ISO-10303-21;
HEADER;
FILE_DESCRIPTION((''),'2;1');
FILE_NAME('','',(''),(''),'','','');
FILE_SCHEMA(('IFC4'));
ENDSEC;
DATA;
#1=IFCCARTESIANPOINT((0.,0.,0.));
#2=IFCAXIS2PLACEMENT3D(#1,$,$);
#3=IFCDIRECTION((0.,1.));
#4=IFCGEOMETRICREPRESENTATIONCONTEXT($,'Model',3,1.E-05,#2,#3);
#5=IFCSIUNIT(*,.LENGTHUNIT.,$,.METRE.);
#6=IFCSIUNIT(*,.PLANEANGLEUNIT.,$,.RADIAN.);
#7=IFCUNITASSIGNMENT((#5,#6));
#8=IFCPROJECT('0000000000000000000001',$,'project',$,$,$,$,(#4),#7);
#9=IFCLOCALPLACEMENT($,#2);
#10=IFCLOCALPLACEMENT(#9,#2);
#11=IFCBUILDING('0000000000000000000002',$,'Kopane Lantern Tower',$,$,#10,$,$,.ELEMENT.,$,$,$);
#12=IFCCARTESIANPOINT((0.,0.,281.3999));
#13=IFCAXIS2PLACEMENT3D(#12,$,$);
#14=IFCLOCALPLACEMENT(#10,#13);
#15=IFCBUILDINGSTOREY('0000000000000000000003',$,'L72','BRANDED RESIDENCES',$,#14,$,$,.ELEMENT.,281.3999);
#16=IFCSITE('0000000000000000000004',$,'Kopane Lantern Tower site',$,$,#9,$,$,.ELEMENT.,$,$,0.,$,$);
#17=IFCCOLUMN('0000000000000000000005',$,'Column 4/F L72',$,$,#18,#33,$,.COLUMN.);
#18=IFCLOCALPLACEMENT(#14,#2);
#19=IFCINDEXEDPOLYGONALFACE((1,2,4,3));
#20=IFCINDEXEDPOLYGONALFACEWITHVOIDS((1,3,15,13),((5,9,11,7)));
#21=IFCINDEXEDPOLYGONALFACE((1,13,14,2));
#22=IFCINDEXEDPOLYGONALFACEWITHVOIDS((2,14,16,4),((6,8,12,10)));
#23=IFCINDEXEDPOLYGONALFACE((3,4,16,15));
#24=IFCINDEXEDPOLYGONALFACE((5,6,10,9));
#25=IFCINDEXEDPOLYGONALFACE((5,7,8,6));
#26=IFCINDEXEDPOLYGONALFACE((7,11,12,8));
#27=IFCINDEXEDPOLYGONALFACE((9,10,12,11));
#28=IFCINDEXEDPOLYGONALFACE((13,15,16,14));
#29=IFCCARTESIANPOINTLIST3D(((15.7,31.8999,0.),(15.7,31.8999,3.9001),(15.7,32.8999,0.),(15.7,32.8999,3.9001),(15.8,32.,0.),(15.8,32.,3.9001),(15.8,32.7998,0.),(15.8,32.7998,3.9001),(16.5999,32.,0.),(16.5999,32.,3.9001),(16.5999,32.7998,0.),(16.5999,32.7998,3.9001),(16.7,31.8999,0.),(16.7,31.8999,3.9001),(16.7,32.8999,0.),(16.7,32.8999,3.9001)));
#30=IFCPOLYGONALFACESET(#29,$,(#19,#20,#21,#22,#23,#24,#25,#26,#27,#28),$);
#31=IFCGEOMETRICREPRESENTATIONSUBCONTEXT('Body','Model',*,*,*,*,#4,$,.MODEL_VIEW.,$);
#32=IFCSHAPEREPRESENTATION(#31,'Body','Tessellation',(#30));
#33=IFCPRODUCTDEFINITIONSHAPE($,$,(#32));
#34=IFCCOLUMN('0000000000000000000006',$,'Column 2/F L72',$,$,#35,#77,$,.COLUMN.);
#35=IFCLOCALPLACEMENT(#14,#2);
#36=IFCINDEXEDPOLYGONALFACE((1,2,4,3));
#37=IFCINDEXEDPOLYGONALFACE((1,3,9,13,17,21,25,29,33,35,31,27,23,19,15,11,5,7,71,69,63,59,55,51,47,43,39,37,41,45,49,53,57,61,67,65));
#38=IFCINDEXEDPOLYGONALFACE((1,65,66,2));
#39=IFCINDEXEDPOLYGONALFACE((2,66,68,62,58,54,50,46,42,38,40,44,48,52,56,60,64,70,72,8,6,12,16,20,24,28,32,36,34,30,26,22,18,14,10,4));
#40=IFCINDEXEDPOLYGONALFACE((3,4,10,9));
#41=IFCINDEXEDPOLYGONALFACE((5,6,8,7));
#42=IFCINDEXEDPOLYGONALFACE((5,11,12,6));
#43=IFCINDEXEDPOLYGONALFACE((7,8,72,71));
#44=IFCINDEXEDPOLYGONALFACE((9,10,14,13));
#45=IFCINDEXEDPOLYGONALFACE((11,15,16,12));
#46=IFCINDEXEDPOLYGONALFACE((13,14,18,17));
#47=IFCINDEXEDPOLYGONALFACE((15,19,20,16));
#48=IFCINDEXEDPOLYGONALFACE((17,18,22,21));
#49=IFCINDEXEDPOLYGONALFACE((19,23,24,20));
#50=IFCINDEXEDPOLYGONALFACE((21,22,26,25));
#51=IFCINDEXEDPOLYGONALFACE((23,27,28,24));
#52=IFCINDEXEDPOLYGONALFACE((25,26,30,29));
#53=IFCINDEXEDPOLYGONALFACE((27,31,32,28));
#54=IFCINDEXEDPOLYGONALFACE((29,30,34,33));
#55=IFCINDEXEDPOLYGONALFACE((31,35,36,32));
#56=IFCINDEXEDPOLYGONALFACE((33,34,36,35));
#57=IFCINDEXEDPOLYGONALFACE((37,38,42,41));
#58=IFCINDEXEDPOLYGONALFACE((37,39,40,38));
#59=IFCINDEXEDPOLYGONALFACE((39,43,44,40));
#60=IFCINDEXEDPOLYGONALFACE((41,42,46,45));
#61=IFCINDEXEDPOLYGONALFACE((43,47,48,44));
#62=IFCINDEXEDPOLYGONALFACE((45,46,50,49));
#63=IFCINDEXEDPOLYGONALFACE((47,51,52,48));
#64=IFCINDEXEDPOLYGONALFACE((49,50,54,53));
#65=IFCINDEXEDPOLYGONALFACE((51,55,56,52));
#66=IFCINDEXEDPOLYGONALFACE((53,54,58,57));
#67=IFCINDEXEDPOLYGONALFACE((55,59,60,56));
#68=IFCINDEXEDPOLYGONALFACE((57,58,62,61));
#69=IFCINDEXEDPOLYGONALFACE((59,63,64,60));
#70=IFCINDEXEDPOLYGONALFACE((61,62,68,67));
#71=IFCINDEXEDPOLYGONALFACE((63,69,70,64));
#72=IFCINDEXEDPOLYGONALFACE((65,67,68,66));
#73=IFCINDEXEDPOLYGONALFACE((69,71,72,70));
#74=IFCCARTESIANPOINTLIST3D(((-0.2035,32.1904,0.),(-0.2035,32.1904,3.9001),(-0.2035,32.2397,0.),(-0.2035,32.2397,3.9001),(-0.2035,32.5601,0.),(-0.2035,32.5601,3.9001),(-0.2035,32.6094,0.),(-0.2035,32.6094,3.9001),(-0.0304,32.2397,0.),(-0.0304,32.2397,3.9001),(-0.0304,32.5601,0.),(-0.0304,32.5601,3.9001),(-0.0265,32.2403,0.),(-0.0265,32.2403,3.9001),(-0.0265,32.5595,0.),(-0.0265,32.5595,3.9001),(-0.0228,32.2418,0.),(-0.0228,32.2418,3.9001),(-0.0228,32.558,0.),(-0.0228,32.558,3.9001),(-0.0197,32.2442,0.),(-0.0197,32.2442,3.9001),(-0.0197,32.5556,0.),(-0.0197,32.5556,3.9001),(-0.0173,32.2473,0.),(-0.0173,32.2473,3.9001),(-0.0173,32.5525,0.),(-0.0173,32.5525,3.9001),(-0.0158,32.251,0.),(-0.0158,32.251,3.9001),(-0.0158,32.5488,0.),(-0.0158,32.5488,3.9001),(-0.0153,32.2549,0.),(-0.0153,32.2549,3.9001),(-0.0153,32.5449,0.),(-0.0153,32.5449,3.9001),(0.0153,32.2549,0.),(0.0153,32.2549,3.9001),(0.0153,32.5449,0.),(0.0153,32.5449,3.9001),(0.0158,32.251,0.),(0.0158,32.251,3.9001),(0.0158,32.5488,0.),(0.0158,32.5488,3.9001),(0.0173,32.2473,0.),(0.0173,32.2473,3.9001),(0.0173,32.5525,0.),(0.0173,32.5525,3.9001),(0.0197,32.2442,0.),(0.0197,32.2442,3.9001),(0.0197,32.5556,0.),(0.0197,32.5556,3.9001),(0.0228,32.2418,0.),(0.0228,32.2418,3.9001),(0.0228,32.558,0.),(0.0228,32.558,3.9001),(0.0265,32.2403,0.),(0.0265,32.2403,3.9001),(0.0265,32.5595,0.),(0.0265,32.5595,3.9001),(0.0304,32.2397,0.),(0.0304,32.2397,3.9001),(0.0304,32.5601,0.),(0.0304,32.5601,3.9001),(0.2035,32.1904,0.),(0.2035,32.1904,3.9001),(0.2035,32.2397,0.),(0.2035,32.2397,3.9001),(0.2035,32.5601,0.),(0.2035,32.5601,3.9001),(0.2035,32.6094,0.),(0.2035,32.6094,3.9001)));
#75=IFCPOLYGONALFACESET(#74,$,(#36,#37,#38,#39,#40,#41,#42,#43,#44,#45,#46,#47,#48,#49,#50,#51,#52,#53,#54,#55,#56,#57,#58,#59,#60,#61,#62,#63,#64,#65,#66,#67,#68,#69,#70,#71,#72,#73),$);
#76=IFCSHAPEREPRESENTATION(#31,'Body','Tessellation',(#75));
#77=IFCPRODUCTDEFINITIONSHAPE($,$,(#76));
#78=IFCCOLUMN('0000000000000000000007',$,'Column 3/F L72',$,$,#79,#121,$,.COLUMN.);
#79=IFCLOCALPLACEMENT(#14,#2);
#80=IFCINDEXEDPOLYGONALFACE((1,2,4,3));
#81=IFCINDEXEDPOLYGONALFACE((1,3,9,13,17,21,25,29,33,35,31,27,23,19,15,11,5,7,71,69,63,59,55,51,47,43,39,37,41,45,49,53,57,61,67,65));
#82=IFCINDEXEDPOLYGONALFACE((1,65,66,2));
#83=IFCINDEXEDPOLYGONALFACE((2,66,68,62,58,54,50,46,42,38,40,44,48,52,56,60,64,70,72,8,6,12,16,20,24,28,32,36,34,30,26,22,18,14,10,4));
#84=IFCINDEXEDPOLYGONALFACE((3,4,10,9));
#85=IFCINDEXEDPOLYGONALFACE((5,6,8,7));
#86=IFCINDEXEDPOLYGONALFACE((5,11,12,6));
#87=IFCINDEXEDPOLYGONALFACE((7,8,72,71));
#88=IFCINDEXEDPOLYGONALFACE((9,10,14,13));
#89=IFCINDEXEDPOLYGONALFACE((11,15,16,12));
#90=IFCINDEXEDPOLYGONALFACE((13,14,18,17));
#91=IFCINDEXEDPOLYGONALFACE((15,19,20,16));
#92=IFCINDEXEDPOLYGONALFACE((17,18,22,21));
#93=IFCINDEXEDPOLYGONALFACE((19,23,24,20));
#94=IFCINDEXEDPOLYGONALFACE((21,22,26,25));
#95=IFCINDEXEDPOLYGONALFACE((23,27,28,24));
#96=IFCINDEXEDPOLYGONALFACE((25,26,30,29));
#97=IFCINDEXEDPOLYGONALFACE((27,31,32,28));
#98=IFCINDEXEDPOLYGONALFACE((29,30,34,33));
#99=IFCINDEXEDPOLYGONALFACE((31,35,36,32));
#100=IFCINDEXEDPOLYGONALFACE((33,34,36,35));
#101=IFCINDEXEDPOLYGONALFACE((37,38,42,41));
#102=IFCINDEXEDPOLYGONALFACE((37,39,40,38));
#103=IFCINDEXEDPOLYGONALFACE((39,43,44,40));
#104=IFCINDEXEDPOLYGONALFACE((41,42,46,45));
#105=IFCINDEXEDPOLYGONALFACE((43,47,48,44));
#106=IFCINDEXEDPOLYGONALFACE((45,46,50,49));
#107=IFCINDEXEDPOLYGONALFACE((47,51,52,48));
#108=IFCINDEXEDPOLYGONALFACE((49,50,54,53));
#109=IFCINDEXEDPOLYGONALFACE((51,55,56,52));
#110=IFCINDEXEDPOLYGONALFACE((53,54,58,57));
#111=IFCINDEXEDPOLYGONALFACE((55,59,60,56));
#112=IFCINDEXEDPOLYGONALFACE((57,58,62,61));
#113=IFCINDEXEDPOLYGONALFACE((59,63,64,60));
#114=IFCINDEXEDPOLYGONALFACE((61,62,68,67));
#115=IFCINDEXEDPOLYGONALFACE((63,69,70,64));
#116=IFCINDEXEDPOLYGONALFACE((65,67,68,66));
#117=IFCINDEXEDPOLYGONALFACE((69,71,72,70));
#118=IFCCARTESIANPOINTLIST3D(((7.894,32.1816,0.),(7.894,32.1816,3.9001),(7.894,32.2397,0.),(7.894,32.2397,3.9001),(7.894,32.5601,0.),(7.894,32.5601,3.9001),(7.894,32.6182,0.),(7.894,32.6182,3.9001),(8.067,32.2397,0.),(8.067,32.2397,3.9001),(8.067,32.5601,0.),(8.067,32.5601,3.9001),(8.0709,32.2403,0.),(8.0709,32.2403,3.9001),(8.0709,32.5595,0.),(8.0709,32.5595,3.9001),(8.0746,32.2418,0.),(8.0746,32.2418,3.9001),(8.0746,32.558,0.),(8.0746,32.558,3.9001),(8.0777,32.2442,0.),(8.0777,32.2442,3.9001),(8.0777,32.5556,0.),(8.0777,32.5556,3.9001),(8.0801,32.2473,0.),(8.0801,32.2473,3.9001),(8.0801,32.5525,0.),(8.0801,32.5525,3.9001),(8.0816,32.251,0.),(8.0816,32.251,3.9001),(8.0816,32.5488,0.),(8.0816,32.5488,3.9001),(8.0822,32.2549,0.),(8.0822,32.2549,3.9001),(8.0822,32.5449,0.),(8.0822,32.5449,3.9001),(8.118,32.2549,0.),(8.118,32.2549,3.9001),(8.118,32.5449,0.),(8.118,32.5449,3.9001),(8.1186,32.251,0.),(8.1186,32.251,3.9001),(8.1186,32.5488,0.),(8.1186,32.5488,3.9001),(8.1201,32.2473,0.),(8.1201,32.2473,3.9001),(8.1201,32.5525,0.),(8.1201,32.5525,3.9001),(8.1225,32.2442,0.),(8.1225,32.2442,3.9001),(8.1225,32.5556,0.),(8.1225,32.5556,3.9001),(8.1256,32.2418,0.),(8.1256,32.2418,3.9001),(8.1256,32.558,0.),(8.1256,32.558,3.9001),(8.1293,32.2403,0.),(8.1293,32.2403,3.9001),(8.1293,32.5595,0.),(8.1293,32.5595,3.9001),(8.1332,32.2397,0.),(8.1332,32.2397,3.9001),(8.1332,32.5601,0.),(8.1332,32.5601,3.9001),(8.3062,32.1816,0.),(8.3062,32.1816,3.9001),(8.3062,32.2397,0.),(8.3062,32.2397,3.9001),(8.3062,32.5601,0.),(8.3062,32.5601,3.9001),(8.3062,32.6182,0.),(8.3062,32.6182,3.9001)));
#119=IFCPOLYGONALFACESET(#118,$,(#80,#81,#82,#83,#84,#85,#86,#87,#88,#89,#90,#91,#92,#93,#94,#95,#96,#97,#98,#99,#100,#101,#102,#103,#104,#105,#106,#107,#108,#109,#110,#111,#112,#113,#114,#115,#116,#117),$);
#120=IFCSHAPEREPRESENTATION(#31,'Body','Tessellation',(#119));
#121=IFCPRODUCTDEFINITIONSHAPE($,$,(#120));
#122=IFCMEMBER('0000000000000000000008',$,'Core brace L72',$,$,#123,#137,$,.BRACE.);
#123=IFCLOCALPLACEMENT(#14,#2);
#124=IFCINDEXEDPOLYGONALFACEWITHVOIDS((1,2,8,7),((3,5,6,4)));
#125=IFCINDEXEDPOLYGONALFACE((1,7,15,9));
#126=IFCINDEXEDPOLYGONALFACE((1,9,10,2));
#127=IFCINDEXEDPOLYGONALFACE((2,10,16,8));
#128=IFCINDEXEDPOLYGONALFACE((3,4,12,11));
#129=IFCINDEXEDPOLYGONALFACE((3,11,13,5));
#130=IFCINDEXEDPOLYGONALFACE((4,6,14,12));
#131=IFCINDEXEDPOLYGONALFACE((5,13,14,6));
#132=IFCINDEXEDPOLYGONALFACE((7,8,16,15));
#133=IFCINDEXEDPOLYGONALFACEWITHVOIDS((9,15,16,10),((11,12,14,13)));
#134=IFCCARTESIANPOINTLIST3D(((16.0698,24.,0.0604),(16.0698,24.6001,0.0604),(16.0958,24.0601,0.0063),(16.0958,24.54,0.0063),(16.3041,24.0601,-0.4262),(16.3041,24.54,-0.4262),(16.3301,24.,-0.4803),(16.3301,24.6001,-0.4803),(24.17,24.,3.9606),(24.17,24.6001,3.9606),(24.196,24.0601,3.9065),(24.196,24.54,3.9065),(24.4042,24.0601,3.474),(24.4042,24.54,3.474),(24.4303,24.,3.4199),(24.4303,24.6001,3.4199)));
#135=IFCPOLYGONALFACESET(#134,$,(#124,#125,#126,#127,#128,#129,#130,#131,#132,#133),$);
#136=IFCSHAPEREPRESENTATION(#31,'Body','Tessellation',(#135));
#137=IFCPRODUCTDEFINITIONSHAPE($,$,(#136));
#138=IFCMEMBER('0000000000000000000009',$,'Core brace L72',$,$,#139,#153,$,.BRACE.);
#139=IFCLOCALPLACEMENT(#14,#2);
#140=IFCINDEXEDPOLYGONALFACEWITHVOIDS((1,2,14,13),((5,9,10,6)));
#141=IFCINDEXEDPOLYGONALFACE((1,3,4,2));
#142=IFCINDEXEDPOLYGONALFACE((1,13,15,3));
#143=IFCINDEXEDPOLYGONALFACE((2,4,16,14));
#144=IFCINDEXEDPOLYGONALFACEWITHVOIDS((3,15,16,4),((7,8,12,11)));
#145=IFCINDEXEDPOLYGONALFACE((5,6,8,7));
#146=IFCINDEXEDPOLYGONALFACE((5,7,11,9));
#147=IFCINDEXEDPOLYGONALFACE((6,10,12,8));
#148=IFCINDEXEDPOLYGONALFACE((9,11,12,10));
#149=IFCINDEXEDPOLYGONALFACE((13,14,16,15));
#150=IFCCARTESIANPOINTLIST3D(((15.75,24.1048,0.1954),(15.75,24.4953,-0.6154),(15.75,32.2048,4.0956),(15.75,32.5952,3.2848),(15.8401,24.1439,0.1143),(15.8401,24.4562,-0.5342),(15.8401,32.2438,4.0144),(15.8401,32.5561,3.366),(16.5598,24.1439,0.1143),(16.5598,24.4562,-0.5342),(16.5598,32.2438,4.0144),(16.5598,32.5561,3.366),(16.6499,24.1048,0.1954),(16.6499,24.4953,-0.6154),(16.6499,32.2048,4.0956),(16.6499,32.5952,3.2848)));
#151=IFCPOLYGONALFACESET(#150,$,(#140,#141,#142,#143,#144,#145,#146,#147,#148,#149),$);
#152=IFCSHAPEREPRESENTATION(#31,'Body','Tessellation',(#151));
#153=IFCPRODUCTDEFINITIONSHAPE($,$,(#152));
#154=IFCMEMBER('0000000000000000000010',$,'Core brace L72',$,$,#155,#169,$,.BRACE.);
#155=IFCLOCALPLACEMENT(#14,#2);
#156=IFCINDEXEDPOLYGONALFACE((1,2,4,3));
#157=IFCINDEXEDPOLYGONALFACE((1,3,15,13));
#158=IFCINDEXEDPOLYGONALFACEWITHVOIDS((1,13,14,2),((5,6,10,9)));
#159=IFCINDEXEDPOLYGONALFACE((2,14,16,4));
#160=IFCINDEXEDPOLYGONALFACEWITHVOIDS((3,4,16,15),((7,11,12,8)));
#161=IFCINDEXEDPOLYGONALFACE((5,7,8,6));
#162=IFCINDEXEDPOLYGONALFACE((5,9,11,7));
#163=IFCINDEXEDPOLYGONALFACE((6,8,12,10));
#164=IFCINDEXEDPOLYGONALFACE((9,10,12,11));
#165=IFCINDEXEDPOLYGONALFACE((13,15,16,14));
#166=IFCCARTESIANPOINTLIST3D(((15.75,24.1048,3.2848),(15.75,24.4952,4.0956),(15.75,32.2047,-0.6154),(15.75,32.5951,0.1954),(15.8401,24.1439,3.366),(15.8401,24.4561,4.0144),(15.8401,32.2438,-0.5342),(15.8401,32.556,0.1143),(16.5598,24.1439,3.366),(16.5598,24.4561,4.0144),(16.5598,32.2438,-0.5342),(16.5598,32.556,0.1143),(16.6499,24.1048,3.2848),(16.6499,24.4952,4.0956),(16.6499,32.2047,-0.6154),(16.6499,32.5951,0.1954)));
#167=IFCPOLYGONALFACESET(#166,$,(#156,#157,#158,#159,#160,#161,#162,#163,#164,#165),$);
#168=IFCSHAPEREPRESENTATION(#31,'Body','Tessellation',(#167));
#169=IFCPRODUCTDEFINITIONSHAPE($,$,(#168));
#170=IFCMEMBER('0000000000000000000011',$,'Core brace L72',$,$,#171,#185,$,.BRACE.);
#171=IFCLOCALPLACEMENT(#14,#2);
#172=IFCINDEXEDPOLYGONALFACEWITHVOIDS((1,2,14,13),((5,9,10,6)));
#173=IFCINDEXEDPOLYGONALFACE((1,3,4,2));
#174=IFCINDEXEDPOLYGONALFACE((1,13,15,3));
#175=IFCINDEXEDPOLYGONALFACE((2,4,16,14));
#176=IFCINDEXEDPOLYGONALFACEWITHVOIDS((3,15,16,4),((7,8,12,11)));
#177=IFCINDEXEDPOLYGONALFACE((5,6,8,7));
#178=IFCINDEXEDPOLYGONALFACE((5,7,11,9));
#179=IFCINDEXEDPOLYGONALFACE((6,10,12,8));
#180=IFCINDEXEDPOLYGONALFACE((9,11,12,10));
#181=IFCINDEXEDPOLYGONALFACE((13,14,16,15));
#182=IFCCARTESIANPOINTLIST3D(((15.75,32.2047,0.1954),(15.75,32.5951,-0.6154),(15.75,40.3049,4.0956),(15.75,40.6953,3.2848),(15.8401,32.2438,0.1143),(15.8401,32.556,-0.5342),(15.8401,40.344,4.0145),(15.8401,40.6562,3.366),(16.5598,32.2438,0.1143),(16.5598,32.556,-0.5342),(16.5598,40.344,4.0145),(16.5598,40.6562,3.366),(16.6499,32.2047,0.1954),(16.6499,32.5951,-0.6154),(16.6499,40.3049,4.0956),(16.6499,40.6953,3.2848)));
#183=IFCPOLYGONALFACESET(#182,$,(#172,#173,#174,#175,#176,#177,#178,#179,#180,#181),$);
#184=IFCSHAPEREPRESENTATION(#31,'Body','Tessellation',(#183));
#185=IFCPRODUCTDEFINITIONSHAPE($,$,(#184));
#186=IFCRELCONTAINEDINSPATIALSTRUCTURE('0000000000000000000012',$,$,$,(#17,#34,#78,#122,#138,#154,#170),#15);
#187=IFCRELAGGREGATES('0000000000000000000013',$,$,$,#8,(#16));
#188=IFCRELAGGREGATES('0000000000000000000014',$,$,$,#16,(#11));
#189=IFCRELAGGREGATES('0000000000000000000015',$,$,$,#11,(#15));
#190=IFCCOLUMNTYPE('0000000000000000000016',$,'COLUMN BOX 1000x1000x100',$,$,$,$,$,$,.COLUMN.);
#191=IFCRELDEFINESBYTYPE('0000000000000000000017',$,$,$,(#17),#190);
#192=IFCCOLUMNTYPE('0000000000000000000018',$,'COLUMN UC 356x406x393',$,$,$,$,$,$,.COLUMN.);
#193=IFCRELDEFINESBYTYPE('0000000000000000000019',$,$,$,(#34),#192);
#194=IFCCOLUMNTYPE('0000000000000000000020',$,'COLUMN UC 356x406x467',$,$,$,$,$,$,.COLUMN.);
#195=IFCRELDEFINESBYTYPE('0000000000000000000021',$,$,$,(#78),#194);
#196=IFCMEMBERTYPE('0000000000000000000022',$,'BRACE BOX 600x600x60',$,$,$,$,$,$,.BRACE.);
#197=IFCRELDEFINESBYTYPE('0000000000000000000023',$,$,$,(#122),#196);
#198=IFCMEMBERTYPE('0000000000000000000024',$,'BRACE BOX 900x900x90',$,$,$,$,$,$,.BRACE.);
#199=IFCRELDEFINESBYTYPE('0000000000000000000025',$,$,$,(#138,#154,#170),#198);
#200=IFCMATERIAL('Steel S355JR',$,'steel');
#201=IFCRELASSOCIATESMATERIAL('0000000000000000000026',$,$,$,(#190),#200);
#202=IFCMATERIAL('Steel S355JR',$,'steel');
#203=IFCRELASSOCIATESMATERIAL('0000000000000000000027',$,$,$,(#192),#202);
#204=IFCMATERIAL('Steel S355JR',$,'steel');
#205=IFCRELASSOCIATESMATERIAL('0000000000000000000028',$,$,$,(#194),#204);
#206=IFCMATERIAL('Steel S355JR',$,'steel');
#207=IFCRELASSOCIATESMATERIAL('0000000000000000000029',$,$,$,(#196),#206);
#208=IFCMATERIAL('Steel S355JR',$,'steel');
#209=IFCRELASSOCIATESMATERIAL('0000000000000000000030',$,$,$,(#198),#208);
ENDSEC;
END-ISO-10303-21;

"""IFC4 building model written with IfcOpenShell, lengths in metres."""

from ifc_helpers import new_model, si_unit, direction, frame, origin, origin_2d, place, context, subcontext, project, spatial, hollow_rectangle, i_section, extrude, material, material_profile, profile_set, type_object, element, save


model = new_model("IFC4")

# Units and contexts
model_context = context("Model", 3, precision=1e-05, world=origin(), true_north=direction((0.0, 1.0)))
body_context = subcontext(model_context, "Body", "Model", "MODEL_VIEW")
ifc_project = project(units=[si_unit("LENGTHUNIT", "METRE"), si_unit("PLANEANGLEUNIT", "RADIAN")], contexts=[model_context])

# Site, building, storey
site_placement = place(None, origin())
site = spatial("IfcSite", under=ifc_project, at=site_placement, Name="Kopane Lantern Tower site", CompositionType="ELEMENT", RefElevation=0.0)
building_placement = place(site_placement, origin())
building = spatial("IfcBuilding", under=site, at=building_placement, Name="Kopane Lantern Tower", CompositionType="ELEMENT")
storey_placement = place(building_placement, frame((0.0, 0.0, 281.3999)))
storey = spatial("IfcBuildingStorey", under=building, at=storey_placement, Name="L72", Description="BRANDED RESIDENCES", CompositionType="ELEMENT", Elevation=281.3999)

# Columns
ifc_material_1 = material(Name="Steel S355JR", Category="steel")
ifc_material_profile_1 = material_profile(ifc_material_1, hollow_rectangle(XDim=1.0, YDim=1.0, WallThickness=0.1001, at=origin_2d()), Name="BOX 1000x1000x100")
ifc_profile_set_1 = profile_set([ifc_material_profile_1], Name="Steel S355JR")
column_type_1 = type_object("IfcColumnType", Name="COLUMN BOX 1000x1000x100", PredefinedType="COLUMN", material=ifc_profile_set_1)
column_1_placement = place(storey_placement, frame((16.2, 32.3999, 0.0), z_axis=(0.0, 0.0, 1.0), x_axis=(1.0, 0.0, 0.0)))
element("IfcColumn", 1, at=column_1_placement, inside=storey, type_object=column_type_1, Name="Column 4/F L72", PredefinedType="COLUMN", context=body_context, shape_type="SweptSolid", body=[
    extrude(hollow_rectangle(XDim=1.0, YDim=1.0, WallThickness=0.1001, at=origin_2d()), origin(), (0.0, 0.0, 1.0), 3.9001),
])
ifc_material_2 = material(Name="Steel S355JR", Category="steel")
ifc_material_profile_2 = material_profile(ifc_material_2, i_section(OverallWidth=0.407, OverallDepth=0.4189, WebThickness=0.0305, FlangeThickness=0.0493, FilletRadius=0.0151, at=origin_2d()), Name="UC 356x406x393")
ifc_profile_set_2 = profile_set([ifc_material_profile_2], Name="Steel S355JR")
column_type_2 = type_object("IfcColumnType", Name="COLUMN UC 356x406x393", PredefinedType="COLUMN", material=ifc_profile_set_2)
column_2_placement = place(storey_placement, frame((0.0, 32.3999, 0.0), z_axis=(0.0, 0.0, 1.0), x_axis=(1.0, 0.0, 0.0)))
element("IfcColumn", 2, at=column_2_placement, inside=storey, type_object=column_type_2, Name="Column 2/F L72", PredefinedType="COLUMN", context=body_context, shape_type="SweptSolid", body=[
    extrude(i_section(OverallWidth=0.407, OverallDepth=0.4189, WebThickness=0.0305, FlangeThickness=0.0493, FilletRadius=0.0151, at=origin_2d()), origin(), (0.0, 0.0, 1.0), 3.9001),
])
ifc_material_3 = material(Name="Steel S355JR", Category="steel")
ifc_material_profile_3 = material_profile(ifc_material_3, i_section(OverallWidth=0.4121, OverallDepth=0.4365, WebThickness=0.0359, FlangeThickness=0.0581, FilletRadius=0.0151, at=origin_2d()), Name="UC 356x406x467")
ifc_profile_set_3 = profile_set([ifc_material_profile_3], Name="Steel S355JR")
column_type_3 = type_object("IfcColumnType", Name="COLUMN UC 356x406x467", PredefinedType="COLUMN", material=ifc_profile_set_3)
column_3_placement = place(storey_placement, frame((8.1001, 32.3999, 0.0), z_axis=(0.0, 0.0, 1.0), x_axis=(1.0, 0.0, 0.0)))
element("IfcColumn", 3, at=column_3_placement, inside=storey, type_object=column_type_3, Name="Column 3/F L72", PredefinedType="COLUMN", context=body_context, shape_type="SweptSolid", body=[
    extrude(i_section(OverallWidth=0.4121, OverallDepth=0.4365, WebThickness=0.0359, FlangeThickness=0.0581, FilletRadius=0.0151, at=origin_2d()), origin(), (0.0, 0.0, 1.0), 3.9001),
])

# Members
ifc_material_4 = material(Name="Steel S355JR", Category="steel")
ifc_material_profile_4 = material_profile(ifc_material_4, hollow_rectangle(XDim=0.6001, YDim=0.6001, WallThickness=0.0601, at=origin_2d()), Name="BOX 600x600x60")
ifc_profile_set_4 = profile_set([ifc_material_profile_4], Name="Steel S355JR")
member_type_1 = type_object("IfcMemberType", Name="BRACE BOX 600x600x60", PredefinedType="BRACE", material=ifc_profile_set_4)
member_1_placement = place(storey_placement, frame((16.2, 24.3, -0.21), z_axis=(0.900997, 0.0, 0.433825), x_axis=(0.0, 1.0, 0.0)))
element("IfcMember", 4, at=member_1_placement, inside=storey, type_object=member_type_1, Name="Core brace L72", PredefinedType="BRACE", context=body_context, shape_type="SweptSolid", body=[
    extrude(hollow_rectangle(XDim=0.6001, YDim=0.6001, WallThickness=0.0601, at=origin_2d()), origin(), (0.0, 0.0, 1.0), 8.9902),
])
ifc_material_5 = material(Name="Steel S355JR", Category="steel")
ifc_material_profile_5 = material_profile(ifc_material_5, hollow_rectangle(XDim=0.8999, YDim=0.8999, WallThickness=0.0901, at=origin_2d()), Name="BOX 900x900x90")
ifc_profile_set_5 = profile_set([ifc_material_profile_5], Name="Steel S355JR")
member_type_2 = type_object("IfcMemberType", Name="BRACE BOX 900x900x90", PredefinedType="BRACE", material=ifc_profile_set_5)
for number, where, z_axis, x_axis, name in (
    (5, (16.2, 24.3, -0.21), (0.0, 0.900992, 0.433835), (-1.0, 0.0, 0.0), "Core brace L72"),
    (6, (16.2, 32.3999, -0.21), (0.0, -0.900992, 0.433835), (1.0, 0.0, 0.0), "Core brace L72"),
):
    element("IfcMember", number, at=place(storey_placement, frame(where, z_axis=z_axis, x_axis=x_axis)), inside=storey, type_object=member_type_2, Name=name, PredefinedType="BRACE", context=body_context, shape_type="SweptSolid", body=[
        extrude(hollow_rectangle(XDim=0.8999, YDim=0.8999, WallThickness=0.0901, at=origin_2d()), origin(), (0.0, 0.0, 1.0), 8.99),
    ])
member_2_placement = place(storey_placement, frame((16.2, 32.3999, -0.21), z_axis=(0.0, 0.900997, 0.433825), x_axis=(-1.0, 0.0, 0.0)))
element("IfcMember", 7, at=member_2_placement, inside=storey, type_object=member_type_2, Name="Core brace L72", PredefinedType="BRACE", context=body_context, shape_type="SweptSolid", body=[
    extrude(hollow_rectangle(XDim=0.8999, YDim=0.8999, WallThickness=0.0901, at=origin_2d()), origin(), (0.0, 0.0, 1.0), 8.9902),
])

save(model, "model.ifc")
